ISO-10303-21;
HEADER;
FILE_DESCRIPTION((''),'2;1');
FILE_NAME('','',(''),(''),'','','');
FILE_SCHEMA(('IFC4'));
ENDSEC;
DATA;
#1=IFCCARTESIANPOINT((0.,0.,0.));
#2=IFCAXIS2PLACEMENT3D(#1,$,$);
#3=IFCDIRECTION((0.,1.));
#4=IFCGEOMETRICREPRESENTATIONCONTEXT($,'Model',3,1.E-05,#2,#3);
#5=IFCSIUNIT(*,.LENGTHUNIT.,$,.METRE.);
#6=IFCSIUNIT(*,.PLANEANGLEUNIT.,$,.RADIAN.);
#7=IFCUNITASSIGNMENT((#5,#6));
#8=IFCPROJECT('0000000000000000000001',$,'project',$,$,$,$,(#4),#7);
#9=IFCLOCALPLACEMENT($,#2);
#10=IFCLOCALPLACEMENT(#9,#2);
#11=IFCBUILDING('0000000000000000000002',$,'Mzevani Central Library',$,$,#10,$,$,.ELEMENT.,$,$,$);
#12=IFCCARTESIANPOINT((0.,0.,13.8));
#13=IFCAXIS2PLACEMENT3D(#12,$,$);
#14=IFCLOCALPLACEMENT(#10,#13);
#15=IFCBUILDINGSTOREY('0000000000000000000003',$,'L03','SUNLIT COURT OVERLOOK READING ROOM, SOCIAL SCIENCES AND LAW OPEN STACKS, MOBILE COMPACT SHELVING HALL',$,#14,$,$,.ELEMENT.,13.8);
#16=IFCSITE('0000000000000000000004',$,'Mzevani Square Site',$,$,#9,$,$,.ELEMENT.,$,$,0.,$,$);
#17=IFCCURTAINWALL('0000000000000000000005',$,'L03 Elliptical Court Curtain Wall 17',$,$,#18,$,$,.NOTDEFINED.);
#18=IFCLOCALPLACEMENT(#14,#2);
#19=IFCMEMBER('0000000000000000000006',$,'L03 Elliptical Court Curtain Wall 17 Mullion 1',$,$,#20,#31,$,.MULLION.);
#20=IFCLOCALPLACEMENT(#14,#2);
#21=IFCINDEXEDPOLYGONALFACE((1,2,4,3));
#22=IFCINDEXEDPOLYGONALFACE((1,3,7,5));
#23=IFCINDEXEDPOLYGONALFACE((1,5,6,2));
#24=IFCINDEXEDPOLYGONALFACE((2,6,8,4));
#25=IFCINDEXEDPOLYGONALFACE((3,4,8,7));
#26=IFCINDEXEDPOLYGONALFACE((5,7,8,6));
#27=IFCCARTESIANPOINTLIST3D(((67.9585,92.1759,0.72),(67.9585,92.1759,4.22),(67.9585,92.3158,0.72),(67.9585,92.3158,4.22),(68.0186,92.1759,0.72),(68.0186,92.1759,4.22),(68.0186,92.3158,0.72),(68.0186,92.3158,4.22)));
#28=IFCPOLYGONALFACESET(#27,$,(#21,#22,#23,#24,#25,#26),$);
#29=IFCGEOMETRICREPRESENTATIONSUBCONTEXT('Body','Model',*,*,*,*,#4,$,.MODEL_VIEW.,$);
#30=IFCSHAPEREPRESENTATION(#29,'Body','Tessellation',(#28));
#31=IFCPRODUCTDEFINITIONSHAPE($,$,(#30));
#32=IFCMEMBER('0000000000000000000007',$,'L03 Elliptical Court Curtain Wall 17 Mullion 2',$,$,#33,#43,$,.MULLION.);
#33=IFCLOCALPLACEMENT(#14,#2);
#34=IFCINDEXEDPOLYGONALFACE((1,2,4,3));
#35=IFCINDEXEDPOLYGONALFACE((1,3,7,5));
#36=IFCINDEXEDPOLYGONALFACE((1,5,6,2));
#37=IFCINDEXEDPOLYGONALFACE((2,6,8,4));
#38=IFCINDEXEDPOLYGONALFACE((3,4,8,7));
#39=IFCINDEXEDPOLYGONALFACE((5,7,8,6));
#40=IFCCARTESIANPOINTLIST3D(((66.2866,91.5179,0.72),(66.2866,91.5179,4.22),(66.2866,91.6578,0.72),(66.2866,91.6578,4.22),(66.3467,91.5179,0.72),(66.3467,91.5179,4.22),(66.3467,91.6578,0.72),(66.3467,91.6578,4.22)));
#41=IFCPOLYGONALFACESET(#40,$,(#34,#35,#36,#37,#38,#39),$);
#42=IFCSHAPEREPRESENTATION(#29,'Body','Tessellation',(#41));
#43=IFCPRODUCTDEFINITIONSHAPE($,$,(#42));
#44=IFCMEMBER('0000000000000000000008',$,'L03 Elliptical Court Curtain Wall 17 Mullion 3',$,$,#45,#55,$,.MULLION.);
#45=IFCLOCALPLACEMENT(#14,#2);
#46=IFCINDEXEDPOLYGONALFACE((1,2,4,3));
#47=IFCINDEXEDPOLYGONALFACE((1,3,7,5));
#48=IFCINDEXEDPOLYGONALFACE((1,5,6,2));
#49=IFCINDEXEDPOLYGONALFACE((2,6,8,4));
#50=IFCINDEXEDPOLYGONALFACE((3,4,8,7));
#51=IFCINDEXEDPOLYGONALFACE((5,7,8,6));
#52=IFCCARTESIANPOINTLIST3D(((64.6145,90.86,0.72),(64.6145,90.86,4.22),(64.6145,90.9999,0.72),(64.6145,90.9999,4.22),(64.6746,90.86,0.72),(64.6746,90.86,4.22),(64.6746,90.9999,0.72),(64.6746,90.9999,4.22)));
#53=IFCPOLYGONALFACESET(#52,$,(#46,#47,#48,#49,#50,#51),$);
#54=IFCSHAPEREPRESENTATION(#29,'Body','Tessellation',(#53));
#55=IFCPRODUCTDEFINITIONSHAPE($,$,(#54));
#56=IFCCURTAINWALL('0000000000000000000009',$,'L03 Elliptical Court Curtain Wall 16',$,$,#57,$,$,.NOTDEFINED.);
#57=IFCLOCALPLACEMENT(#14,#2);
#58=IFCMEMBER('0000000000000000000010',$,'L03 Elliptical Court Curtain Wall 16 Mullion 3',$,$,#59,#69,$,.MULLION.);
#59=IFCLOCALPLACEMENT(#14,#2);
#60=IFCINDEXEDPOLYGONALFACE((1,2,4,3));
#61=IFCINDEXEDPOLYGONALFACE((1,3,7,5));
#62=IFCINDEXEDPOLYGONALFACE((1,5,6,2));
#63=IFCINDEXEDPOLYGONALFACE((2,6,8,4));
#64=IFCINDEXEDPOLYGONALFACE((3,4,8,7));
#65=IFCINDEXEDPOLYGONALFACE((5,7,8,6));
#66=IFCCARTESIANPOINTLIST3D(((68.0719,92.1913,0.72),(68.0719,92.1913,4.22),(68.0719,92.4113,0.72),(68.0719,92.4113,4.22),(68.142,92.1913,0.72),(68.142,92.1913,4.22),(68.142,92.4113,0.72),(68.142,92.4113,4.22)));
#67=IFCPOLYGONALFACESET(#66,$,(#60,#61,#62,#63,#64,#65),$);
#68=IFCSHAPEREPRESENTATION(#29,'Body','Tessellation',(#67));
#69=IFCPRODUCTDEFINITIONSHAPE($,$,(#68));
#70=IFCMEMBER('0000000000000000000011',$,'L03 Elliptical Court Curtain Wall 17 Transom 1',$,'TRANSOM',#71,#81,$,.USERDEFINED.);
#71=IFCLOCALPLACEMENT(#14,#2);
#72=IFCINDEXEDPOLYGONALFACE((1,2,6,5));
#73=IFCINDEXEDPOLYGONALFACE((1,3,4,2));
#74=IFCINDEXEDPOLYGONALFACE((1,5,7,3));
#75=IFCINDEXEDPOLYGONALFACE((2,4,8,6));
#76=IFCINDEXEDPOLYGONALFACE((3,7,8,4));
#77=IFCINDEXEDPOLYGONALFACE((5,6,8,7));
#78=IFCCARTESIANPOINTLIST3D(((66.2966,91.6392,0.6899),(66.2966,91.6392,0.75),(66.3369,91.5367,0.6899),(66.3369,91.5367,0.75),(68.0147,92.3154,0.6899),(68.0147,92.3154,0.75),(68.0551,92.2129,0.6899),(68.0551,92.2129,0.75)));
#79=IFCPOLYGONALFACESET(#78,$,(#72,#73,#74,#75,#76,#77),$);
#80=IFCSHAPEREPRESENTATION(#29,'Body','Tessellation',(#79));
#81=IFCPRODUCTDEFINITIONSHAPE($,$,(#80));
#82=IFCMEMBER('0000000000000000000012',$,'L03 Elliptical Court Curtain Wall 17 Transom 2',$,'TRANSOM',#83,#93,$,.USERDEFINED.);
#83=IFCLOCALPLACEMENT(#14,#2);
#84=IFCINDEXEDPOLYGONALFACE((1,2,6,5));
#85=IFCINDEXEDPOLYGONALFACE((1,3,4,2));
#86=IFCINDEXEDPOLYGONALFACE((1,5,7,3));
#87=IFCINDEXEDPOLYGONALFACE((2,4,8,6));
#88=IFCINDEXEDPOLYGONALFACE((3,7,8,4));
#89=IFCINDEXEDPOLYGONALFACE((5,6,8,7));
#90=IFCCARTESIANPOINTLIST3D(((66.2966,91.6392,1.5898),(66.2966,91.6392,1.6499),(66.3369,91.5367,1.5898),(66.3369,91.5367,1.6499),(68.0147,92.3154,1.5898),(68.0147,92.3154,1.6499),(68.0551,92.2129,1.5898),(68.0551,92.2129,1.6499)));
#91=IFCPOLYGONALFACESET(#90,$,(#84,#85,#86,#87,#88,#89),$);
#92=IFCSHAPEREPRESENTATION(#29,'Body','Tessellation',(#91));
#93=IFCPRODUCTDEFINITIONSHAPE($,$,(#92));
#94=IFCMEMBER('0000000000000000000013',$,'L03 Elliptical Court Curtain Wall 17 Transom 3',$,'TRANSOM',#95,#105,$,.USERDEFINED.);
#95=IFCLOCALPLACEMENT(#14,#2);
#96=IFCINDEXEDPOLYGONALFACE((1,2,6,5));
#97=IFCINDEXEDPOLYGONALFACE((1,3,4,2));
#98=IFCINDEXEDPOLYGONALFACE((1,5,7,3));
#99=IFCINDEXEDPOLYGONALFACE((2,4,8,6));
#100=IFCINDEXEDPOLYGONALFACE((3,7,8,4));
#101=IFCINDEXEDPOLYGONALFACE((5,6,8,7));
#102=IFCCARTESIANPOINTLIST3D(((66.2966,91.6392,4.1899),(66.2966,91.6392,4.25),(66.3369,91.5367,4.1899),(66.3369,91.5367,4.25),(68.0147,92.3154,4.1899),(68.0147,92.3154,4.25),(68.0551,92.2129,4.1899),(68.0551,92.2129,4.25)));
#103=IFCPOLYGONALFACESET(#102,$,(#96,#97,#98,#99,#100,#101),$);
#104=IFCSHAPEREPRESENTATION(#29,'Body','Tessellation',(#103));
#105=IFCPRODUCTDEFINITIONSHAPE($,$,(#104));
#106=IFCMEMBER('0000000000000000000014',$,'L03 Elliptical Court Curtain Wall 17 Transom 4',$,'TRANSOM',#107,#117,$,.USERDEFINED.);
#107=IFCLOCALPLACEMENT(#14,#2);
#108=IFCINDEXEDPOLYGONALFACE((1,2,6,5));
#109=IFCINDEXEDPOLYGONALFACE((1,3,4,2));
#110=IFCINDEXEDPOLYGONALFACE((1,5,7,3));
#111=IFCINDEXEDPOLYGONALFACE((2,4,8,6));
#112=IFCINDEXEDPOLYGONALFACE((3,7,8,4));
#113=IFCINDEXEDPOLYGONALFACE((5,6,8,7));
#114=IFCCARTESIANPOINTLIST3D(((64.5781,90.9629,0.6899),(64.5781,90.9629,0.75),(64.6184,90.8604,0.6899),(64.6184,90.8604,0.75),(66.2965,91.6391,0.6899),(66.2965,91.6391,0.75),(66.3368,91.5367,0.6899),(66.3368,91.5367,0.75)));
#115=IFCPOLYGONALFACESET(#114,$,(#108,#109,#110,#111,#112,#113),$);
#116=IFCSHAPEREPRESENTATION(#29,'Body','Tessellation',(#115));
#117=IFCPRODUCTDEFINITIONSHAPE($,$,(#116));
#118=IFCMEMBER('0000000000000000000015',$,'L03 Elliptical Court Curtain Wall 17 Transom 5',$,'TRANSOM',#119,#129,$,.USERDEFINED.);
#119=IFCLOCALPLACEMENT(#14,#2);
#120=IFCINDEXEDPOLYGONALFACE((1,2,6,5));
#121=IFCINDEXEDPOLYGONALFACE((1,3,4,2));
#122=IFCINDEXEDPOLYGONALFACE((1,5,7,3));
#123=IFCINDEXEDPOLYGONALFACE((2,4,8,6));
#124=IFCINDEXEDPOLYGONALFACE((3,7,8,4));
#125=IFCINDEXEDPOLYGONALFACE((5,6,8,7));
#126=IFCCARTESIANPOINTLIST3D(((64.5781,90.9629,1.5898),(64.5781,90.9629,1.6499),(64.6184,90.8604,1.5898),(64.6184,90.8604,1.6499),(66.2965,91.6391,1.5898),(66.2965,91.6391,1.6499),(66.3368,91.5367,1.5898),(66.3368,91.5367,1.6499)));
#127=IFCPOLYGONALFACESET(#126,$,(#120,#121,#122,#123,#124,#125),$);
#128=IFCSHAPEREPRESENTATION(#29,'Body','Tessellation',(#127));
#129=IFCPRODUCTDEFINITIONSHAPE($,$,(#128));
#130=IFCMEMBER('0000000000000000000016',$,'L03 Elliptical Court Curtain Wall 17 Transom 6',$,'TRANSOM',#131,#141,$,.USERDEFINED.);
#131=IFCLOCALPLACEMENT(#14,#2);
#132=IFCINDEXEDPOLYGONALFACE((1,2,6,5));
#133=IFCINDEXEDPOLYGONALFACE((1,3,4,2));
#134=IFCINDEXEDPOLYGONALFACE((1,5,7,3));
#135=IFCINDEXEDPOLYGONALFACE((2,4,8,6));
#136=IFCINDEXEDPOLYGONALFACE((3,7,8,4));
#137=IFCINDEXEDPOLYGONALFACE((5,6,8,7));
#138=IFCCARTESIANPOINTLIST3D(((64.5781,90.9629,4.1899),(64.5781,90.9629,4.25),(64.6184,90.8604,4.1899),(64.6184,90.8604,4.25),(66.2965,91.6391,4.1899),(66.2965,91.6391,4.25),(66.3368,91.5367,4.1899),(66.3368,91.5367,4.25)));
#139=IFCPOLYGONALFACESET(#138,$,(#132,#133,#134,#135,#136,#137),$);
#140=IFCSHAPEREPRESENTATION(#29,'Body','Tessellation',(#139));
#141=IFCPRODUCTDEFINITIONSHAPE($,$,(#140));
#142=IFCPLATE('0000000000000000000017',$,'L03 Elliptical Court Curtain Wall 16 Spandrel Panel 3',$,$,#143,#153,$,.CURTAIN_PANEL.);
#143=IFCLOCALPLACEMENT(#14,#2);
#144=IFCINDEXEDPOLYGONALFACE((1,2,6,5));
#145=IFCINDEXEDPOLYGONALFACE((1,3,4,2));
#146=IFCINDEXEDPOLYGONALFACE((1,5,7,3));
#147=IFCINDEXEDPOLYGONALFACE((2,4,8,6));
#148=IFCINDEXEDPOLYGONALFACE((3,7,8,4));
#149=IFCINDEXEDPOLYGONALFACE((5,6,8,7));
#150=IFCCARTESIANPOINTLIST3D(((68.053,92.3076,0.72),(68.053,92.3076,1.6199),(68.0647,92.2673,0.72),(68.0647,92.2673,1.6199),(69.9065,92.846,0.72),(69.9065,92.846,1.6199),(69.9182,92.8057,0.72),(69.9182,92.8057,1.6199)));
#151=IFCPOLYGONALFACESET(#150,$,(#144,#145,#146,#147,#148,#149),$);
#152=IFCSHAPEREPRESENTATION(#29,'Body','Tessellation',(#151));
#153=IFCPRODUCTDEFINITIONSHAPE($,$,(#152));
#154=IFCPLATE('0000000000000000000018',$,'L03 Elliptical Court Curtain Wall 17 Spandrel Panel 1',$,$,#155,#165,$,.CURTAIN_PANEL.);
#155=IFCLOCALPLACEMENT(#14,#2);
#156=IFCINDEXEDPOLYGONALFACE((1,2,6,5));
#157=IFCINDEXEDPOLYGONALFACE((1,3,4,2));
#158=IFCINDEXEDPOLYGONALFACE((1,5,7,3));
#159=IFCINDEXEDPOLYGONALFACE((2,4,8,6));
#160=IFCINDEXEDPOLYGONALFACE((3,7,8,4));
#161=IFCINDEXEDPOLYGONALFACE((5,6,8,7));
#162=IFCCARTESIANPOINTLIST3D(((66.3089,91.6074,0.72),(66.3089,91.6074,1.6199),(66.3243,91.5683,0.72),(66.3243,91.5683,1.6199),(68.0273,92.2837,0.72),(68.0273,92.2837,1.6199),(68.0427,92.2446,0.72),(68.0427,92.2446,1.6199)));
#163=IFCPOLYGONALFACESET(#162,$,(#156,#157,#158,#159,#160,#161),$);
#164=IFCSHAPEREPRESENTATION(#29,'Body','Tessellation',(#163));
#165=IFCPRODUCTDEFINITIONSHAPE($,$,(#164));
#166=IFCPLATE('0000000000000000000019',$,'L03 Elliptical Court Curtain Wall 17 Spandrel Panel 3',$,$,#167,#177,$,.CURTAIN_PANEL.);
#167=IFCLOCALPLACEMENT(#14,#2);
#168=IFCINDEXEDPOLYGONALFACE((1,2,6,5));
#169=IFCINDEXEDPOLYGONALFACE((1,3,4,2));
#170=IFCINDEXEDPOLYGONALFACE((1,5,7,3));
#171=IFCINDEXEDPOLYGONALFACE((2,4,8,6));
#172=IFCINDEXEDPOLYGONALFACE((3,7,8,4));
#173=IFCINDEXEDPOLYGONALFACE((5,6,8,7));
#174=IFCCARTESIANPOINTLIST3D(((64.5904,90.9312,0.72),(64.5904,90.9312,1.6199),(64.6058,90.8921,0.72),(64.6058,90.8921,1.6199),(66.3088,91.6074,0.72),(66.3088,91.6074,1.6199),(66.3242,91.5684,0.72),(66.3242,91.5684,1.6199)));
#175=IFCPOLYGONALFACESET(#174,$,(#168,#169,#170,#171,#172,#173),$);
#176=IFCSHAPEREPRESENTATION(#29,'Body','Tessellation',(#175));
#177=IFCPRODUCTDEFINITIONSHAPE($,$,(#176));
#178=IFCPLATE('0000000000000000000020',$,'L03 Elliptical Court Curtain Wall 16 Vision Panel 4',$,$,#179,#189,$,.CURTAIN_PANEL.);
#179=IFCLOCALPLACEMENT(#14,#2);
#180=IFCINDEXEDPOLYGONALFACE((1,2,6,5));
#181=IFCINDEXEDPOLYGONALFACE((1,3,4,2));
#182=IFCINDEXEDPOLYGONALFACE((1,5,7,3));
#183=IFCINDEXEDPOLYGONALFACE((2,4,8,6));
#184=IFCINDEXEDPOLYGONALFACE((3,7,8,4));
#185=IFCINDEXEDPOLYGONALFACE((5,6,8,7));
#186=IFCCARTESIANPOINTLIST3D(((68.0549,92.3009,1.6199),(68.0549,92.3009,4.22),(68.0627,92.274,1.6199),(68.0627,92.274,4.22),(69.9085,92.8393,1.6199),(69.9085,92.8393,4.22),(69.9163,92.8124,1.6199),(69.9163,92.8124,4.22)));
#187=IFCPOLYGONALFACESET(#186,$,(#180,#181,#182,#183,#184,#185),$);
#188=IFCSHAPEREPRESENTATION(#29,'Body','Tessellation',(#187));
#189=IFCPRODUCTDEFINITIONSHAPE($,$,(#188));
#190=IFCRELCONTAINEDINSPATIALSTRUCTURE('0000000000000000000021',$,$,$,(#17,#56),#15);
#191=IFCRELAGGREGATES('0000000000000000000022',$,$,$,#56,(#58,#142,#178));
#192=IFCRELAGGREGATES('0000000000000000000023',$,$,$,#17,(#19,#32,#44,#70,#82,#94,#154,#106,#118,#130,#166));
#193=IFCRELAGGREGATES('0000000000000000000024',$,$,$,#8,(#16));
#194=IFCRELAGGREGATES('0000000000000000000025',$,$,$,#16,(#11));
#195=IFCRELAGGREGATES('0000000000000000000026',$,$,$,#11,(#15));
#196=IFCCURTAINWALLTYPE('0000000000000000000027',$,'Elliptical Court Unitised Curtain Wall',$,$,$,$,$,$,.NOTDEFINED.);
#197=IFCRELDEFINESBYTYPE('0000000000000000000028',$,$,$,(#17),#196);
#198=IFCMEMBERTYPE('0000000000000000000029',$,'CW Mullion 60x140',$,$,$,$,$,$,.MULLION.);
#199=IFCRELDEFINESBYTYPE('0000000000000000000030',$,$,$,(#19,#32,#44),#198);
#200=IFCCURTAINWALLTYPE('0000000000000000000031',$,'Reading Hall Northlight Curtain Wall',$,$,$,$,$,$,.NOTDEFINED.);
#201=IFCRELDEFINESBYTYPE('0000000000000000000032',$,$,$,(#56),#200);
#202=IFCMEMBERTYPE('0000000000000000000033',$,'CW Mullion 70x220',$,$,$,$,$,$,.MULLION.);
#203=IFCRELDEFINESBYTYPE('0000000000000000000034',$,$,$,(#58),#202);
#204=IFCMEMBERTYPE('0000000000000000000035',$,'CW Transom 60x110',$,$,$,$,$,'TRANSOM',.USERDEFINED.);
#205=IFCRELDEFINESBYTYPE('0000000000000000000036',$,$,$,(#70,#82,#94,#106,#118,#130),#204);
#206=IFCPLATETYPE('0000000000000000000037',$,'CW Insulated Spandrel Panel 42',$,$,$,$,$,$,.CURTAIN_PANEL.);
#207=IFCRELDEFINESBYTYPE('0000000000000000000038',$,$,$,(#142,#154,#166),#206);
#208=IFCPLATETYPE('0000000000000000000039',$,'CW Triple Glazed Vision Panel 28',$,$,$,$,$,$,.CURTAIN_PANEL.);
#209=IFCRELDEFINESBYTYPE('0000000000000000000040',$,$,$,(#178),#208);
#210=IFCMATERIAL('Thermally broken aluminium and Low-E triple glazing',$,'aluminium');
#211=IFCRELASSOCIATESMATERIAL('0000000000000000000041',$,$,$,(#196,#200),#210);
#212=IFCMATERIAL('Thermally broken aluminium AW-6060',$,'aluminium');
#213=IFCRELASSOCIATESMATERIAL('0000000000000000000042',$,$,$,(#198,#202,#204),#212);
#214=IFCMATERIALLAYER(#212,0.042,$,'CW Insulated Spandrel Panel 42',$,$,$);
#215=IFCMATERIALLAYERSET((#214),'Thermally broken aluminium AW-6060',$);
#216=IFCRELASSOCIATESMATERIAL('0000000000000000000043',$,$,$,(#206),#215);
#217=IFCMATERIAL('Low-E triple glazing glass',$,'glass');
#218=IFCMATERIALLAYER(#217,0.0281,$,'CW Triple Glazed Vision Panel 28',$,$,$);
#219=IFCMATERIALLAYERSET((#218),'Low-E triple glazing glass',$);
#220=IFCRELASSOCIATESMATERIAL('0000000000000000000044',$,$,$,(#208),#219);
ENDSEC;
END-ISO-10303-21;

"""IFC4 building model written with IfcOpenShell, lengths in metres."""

from ifc_helpers import new_model, si_unit, direction, frame, origin, origin_2d, place, context, subcontext, project, spatial, rectangle, extrude, material, layer, layer_set, material_profile, profile_set, type_object, element, aggregate, save


model = new_model("IFC4")

# Units and contexts
model_context = context("Model", 3, precision=1e-05, world=origin(), true_north=direction((0.0, 1.0)))
body_context = subcontext(model_context, "Body", "Model", "MODEL_VIEW")
ifc_project = project(units=[si_unit("LENGTHUNIT", "METRE"), si_unit("PLANEANGLEUNIT", "RADIAN")], contexts=[model_context])

# Site, building, storey
site_placement = place(None, origin())
site = spatial("IfcSite", under=ifc_project, at=site_placement, Name="Mzevani Square Site", CompositionType="ELEMENT", RefElevation=0.0)
building_placement = place(site_placement, origin())
building = spatial("IfcBuilding", under=site, at=building_placement, Name="Mzevani Central Library", CompositionType="ELEMENT")
storey_placement = place(building_placement, frame((0.0, 0.0, 13.8)))
storey = spatial("IfcBuildingStorey", under=building, at=storey_placement, Name="L03", Description="SUNLIT COURT OVERLOOK READING ROOM, SOCIAL SCIENCES AND LAW OPEN STACKS, MOBILE COMPACT SHELVING HALL", CompositionType="ELEMENT", Elevation=13.8)

# Curtain wall, members
ifc_material_1 = material(Name="Thermally broken aluminium and Low-E triple glazing", Category="aluminium")
curtain_wall_type_1 = type_object("IfcCurtainWallType", Name="Elliptical Court Unitised Curtain Wall", PredefinedType="NOTDEFINED", material=ifc_material_1)
curtain_wall_1_placement = place(storey_placement, origin())
curtain_wall_1 = element("IfcCurtainWall", 1, at=curtain_wall_1_placement, inside=storey, type_object=curtain_wall_type_1, Name="L03 Elliptical Court Curtain Wall 17", PredefinedType="NOTDEFINED")
ifc_material_2 = material(Name="Thermally broken aluminium AW-6060", Category="aluminium")
ifc_material_profile_1 = material_profile(ifc_material_2, rectangle(XDim=0.0601, YDim=0.1399, at=origin_2d()), Name="ALU M60x140")
ifc_profile_set_1 = profile_set([ifc_material_profile_1], Name="Thermally broken aluminium AW-6060")
member_type_1 = type_object("IfcMemberType", Name="CW Mullion 60x140", PredefinedType="MULLION", material=ifc_profile_set_1)
member_1_placement = place(storey_placement, frame((67.9885, 92.2458, 0.72), z_axis=(0.0, 0.0, 1.0), x_axis=(1.0, 0.0, 0.0)))
member_1 = element("IfcMember", 2, at=member_1_placement, type_object=member_type_1, Name="L03 Elliptical Court Curtain Wall 17 Mullion 1", PredefinedType="MULLION", context=body_context, shape_type="SweptSolid", body=[
    extrude(rectangle(XDim=0.0601, YDim=0.1399, at=origin_2d()), origin(), (0.0, 0.0, 1.0), 3.5),
])
member_2_placement = place(storey_placement, frame((66.3167, 91.5879, 0.72), z_axis=(0.0, 0.0, 1.0), x_axis=(1.0, 0.0, 0.0)))
member_2 = element("IfcMember", 3, at=member_2_placement, type_object=member_type_1, Name="L03 Elliptical Court Curtain Wall 17 Mullion 2", PredefinedType="MULLION", context=body_context, shape_type="SweptSolid", body=[
    extrude(rectangle(XDim=0.0601, YDim=0.1399, at=origin_2d()), origin(), (0.0, 0.0, 1.0), 3.5),
])
member_3_placement = place(storey_placement, frame((64.6445, 90.9299, 0.72), z_axis=(0.0, 0.0, 1.0), x_axis=(1.0, 0.0, 0.0)))
member_3 = element("IfcMember", 4, at=member_3_placement, type_object=member_type_1, Name="L03 Elliptical Court Curtain Wall 17 Mullion 3", PredefinedType="MULLION", context=body_context, shape_type="SweptSolid", body=[
    extrude(rectangle(XDim=0.0601, YDim=0.1399, at=origin_2d()), origin(), (0.0, 0.0, 1.0), 3.5),
])

# Curtain wall, member
curtain_wall_type_2 = type_object("IfcCurtainWallType", Name="Reading Hall Northlight Curtain Wall", PredefinedType="NOTDEFINED", material=ifc_material_1)
curtain_wall_2_placement = place(storey_placement, origin())
curtain_wall_2 = element("IfcCurtainWall", 5, at=curtain_wall_2_placement, inside=storey, type_object=curtain_wall_type_2, Name="L03 Elliptical Court Curtain Wall 16", PredefinedType="NOTDEFINED")
ifc_material_profile_2 = material_profile(ifc_material_2, rectangle(XDim=0.0701, YDim=0.22, at=origin_2d()), Name="ALU M70x220")
ifc_profile_set_2 = profile_set([ifc_material_profile_2], Name="Thermally broken aluminium AW-6060")
member_type_2 = type_object("IfcMemberType", Name="CW Mullion 70x220", PredefinedType="MULLION", material=ifc_profile_set_2)
member_4_placement = place(storey_placement, frame((68.1069, 92.3013, 0.72), z_axis=(0.0, 0.0, 1.0), x_axis=(1.0, 0.0, 0.0)))
member_4 = element("IfcMember", 6, at=member_4_placement, type_object=member_type_2, Name="L03 Elliptical Court Curtain Wall 16 Mullion 3", PredefinedType="MULLION", context=body_context, shape_type="SweptSolid", body=[
    extrude(rectangle(XDim=0.0701, YDim=0.22, at=origin_2d()), origin(), (0.0, 0.0, 1.0), 3.5),
])

# Members
ifc_material_profile_3 = material_profile(ifc_material_2, rectangle(XDim=0.1101, YDim=0.0601, at=origin_2d()), Name="ALU T60x110")
ifc_profile_set_3 = profile_set([ifc_material_profile_3], Name="Thermally broken aluminium AW-6060")
member_type_3 = type_object("IfcMemberType", Name="CW Transom 60x110", ElementType="TRANSOM", PredefinedType="USERDEFINED", material=ifc_profile_set_3)
member_5_placement = place(storey_placement, frame((68.0349, 92.2642, 0.72), z_axis=(-0.930523, -0.366233, 0.0), x_axis=(0.366233, -0.930523, 0.0)))
member_5 = element("IfcMember", 7, at=member_5_placement, type_object=member_type_3, Name="L03 Elliptical Court Curtain Wall 17 Transom 1", ObjectType="TRANSOM", PredefinedType="USERDEFINED", context=body_context, shape_type="SweptSolid", body=[
    extrude(rectangle(XDim=0.1101, YDim=0.0601, at=origin_2d()), origin(), (0.0, 0.0, 1.0), 1.8464),
])
member_6_placement = place(storey_placement, frame((68.0349, 92.2642, 1.6199), z_axis=(-0.930523, -0.366233, 0.0), x_axis=(0.366233, -0.930523, 0.0)))
member_6 = element("IfcMember", 8, at=member_6_placement, type_object=member_type_3, Name="L03 Elliptical Court Curtain Wall 17 Transom 2", ObjectType="TRANSOM", PredefinedType="USERDEFINED", context=body_context, shape_type="SweptSolid", body=[
    extrude(rectangle(XDim=0.1101, YDim=0.0601, at=origin_2d()), origin(), (0.0, 0.0, 1.0), 1.8464),
])
member_7_placement = place(storey_placement, frame((68.0349, 92.2642, 4.22), z_axis=(-0.930523, -0.366233, 0.0), x_axis=(0.366233, -0.930523, 0.0)))
member_7 = element("IfcMember", 9, at=member_7_placement, type_object=member_type_3, Name="L03 Elliptical Court Curtain Wall 17 Transom 3", ObjectType="TRANSOM", PredefinedType="USERDEFINED", context=body_context, shape_type="SweptSolid", body=[
    extrude(rectangle(XDim=0.1101, YDim=0.0601, at=origin_2d()), origin(), (0.0, 0.0, 1.0), 1.8464),
])
member_8_placement = place(storey_placement, frame((66.3167, 91.5879, 0.72), z_axis=(-0.930541, -0.366188, 0.0), x_axis=(0.366188, -0.930541, 0.0)))
member_8 = element("IfcMember", 10, at=member_8_placement, type_object=member_type_3, Name="L03 Elliptical Court Curtain Wall 17 Transom 4", ObjectType="TRANSOM", PredefinedType="USERDEFINED", context=body_context, shape_type="SweptSolid", body=[
    extrude(rectangle(XDim=0.1101, YDim=0.0601, at=origin_2d()), origin(), (0.0, 0.0, 1.0), 1.8467),
])
member_9_placement = place(storey_placement, frame((66.3167, 91.5879, 1.6199), z_axis=(-0.930541, -0.366188, 0.0), x_axis=(0.366188, -0.930541, 0.0)))
member_9 = element("IfcMember", 11, at=member_9_placement, type_object=member_type_3, Name="L03 Elliptical Court Curtain Wall 17 Transom 5", ObjectType="TRANSOM", PredefinedType="USERDEFINED", context=body_context, shape_type="SweptSolid", body=[
    extrude(rectangle(XDim=0.1101, YDim=0.0601, at=origin_2d()), origin(), (0.0, 0.0, 1.0), 1.8467),
])
member_10_placement = place(storey_placement, frame((66.3167, 91.5879, 4.22), z_axis=(-0.930541, -0.366188, 0.0), x_axis=(0.366188, -0.930541, 0.0)))
member_10 = element("IfcMember", 12, at=member_10_placement, type_object=member_type_3, Name="L03 Elliptical Court Curtain Wall 17 Transom 6", ObjectType="TRANSOM", PredefinedType="USERDEFINED", context=body_context, shape_type="SweptSolid", body=[
    extrude(rectangle(XDim=0.1101, YDim=0.0601, at=origin_2d()), origin(), (0.0, 0.0, 1.0), 1.8467),
])

# Plates
ifc_layer_1 = layer(ifc_material_2, 0.042, Name="CW Insulated Spandrel Panel 42")
ifc_layer_set_1 = layer_set([ifc_layer_1], Name="Thermally broken aluminium AW-6060")
plate_type_1 = type_object("IfcPlateType", Name="CW Insulated Spandrel Panel 42", PredefinedType="CURTAIN_PANEL", material=ifc_layer_set_1)
plate_1_placement = place(storey_placement, frame((68.9856, 92.5566, 0.72), z_axis=(0.0, 0.0, 1.0), x_axis=(-0.96031, -0.278934, 0.0)))
plate_1 = element("IfcPlate", 13, at=plate_1_placement, type_object=plate_type_1, Name="L03 Elliptical Court Curtain Wall 16 Spandrel Panel 3", PredefinedType="CURTAIN_PANEL", context=body_context, shape_type="SweptSolid", body=[
    extrude(rectangle(XDim=1.9302, YDim=0.042, at=origin_2d()), origin(), (0.0, 0.0, 1.0), 0.8999),
])
plate_2_placement = place(storey_placement, frame((67.1758, 91.926, 0.72), z_axis=(0.0, 0.0, 1.0), x_axis=(-0.930531, -0.366212, 0.0)))
plate_2 = element("IfcPlate", 14, at=plate_2_placement, type_object=plate_type_1, Name="L03 Elliptical Court Curtain Wall 17 Spandrel Panel 1", PredefinedType="CURTAIN_PANEL", context=body_context, shape_type="SweptSolid", body=[
    extrude(rectangle(XDim=1.8467, YDim=0.042, at=origin_2d()), origin(), (0.0, 0.0, 1.0), 0.8999),
])
plate_3_placement = place(storey_placement, frame((65.4573, 91.2498, 0.72), z_axis=(0.0, 0.0, 1.0), x_axis=(-0.930531, -0.366212, 0.0)))
plate_3 = element("IfcPlate", 15, at=plate_3_placement, type_object=plate_type_1, Name="L03 Elliptical Court Curtain Wall 17 Spandrel Panel 3", PredefinedType="CURTAIN_PANEL", context=body_context, shape_type="SweptSolid", body=[
    extrude(rectangle(XDim=1.8467, YDim=0.042, at=origin_2d()), origin(), (0.0, 0.0, 1.0), 0.8999),
])
ifc_material_3 = material(Name="Low-E triple glazing glass", Category="glass")
ifc_layer_2 = layer(ifc_material_3, 0.0281, Name="CW Triple Glazed Vision Panel 28")
ifc_layer_set_2 = layer_set([ifc_layer_2], Name="Low-E triple glazing glass")
plate_type_2 = type_object("IfcPlateType", Name="CW Triple Glazed Vision Panel 28", PredefinedType="CURTAIN_PANEL", material=ifc_layer_set_2)
plate_4_placement = place(storey_placement, frame((68.9856, 92.5566, 1.6199), z_axis=(0.0, 0.0, 1.0), x_axis=(-0.96031, -0.278934, 0.0)))
plate_4 = element("IfcPlate", 16, at=plate_4_placement, type_object=plate_type_2, Name="L03 Elliptical Court Curtain Wall 16 Vision Panel 4", PredefinedType="CURTAIN_PANEL", context=body_context, shape_type="SweptSolid", body=[
    extrude(rectangle(XDim=1.9302, YDim=0.0281, at=origin_2d()), origin(), (0.0, 0.0, 1.0), 2.6001),
])
aggregate(curtain_wall_2, [member_4, plate_1, plate_4])
aggregate(curtain_wall_1, [member_1, member_2, member_3, member_5, member_6, member_7, plate_2, member_8, member_9, member_10, plate_3])

save(model, "model.ifc")
